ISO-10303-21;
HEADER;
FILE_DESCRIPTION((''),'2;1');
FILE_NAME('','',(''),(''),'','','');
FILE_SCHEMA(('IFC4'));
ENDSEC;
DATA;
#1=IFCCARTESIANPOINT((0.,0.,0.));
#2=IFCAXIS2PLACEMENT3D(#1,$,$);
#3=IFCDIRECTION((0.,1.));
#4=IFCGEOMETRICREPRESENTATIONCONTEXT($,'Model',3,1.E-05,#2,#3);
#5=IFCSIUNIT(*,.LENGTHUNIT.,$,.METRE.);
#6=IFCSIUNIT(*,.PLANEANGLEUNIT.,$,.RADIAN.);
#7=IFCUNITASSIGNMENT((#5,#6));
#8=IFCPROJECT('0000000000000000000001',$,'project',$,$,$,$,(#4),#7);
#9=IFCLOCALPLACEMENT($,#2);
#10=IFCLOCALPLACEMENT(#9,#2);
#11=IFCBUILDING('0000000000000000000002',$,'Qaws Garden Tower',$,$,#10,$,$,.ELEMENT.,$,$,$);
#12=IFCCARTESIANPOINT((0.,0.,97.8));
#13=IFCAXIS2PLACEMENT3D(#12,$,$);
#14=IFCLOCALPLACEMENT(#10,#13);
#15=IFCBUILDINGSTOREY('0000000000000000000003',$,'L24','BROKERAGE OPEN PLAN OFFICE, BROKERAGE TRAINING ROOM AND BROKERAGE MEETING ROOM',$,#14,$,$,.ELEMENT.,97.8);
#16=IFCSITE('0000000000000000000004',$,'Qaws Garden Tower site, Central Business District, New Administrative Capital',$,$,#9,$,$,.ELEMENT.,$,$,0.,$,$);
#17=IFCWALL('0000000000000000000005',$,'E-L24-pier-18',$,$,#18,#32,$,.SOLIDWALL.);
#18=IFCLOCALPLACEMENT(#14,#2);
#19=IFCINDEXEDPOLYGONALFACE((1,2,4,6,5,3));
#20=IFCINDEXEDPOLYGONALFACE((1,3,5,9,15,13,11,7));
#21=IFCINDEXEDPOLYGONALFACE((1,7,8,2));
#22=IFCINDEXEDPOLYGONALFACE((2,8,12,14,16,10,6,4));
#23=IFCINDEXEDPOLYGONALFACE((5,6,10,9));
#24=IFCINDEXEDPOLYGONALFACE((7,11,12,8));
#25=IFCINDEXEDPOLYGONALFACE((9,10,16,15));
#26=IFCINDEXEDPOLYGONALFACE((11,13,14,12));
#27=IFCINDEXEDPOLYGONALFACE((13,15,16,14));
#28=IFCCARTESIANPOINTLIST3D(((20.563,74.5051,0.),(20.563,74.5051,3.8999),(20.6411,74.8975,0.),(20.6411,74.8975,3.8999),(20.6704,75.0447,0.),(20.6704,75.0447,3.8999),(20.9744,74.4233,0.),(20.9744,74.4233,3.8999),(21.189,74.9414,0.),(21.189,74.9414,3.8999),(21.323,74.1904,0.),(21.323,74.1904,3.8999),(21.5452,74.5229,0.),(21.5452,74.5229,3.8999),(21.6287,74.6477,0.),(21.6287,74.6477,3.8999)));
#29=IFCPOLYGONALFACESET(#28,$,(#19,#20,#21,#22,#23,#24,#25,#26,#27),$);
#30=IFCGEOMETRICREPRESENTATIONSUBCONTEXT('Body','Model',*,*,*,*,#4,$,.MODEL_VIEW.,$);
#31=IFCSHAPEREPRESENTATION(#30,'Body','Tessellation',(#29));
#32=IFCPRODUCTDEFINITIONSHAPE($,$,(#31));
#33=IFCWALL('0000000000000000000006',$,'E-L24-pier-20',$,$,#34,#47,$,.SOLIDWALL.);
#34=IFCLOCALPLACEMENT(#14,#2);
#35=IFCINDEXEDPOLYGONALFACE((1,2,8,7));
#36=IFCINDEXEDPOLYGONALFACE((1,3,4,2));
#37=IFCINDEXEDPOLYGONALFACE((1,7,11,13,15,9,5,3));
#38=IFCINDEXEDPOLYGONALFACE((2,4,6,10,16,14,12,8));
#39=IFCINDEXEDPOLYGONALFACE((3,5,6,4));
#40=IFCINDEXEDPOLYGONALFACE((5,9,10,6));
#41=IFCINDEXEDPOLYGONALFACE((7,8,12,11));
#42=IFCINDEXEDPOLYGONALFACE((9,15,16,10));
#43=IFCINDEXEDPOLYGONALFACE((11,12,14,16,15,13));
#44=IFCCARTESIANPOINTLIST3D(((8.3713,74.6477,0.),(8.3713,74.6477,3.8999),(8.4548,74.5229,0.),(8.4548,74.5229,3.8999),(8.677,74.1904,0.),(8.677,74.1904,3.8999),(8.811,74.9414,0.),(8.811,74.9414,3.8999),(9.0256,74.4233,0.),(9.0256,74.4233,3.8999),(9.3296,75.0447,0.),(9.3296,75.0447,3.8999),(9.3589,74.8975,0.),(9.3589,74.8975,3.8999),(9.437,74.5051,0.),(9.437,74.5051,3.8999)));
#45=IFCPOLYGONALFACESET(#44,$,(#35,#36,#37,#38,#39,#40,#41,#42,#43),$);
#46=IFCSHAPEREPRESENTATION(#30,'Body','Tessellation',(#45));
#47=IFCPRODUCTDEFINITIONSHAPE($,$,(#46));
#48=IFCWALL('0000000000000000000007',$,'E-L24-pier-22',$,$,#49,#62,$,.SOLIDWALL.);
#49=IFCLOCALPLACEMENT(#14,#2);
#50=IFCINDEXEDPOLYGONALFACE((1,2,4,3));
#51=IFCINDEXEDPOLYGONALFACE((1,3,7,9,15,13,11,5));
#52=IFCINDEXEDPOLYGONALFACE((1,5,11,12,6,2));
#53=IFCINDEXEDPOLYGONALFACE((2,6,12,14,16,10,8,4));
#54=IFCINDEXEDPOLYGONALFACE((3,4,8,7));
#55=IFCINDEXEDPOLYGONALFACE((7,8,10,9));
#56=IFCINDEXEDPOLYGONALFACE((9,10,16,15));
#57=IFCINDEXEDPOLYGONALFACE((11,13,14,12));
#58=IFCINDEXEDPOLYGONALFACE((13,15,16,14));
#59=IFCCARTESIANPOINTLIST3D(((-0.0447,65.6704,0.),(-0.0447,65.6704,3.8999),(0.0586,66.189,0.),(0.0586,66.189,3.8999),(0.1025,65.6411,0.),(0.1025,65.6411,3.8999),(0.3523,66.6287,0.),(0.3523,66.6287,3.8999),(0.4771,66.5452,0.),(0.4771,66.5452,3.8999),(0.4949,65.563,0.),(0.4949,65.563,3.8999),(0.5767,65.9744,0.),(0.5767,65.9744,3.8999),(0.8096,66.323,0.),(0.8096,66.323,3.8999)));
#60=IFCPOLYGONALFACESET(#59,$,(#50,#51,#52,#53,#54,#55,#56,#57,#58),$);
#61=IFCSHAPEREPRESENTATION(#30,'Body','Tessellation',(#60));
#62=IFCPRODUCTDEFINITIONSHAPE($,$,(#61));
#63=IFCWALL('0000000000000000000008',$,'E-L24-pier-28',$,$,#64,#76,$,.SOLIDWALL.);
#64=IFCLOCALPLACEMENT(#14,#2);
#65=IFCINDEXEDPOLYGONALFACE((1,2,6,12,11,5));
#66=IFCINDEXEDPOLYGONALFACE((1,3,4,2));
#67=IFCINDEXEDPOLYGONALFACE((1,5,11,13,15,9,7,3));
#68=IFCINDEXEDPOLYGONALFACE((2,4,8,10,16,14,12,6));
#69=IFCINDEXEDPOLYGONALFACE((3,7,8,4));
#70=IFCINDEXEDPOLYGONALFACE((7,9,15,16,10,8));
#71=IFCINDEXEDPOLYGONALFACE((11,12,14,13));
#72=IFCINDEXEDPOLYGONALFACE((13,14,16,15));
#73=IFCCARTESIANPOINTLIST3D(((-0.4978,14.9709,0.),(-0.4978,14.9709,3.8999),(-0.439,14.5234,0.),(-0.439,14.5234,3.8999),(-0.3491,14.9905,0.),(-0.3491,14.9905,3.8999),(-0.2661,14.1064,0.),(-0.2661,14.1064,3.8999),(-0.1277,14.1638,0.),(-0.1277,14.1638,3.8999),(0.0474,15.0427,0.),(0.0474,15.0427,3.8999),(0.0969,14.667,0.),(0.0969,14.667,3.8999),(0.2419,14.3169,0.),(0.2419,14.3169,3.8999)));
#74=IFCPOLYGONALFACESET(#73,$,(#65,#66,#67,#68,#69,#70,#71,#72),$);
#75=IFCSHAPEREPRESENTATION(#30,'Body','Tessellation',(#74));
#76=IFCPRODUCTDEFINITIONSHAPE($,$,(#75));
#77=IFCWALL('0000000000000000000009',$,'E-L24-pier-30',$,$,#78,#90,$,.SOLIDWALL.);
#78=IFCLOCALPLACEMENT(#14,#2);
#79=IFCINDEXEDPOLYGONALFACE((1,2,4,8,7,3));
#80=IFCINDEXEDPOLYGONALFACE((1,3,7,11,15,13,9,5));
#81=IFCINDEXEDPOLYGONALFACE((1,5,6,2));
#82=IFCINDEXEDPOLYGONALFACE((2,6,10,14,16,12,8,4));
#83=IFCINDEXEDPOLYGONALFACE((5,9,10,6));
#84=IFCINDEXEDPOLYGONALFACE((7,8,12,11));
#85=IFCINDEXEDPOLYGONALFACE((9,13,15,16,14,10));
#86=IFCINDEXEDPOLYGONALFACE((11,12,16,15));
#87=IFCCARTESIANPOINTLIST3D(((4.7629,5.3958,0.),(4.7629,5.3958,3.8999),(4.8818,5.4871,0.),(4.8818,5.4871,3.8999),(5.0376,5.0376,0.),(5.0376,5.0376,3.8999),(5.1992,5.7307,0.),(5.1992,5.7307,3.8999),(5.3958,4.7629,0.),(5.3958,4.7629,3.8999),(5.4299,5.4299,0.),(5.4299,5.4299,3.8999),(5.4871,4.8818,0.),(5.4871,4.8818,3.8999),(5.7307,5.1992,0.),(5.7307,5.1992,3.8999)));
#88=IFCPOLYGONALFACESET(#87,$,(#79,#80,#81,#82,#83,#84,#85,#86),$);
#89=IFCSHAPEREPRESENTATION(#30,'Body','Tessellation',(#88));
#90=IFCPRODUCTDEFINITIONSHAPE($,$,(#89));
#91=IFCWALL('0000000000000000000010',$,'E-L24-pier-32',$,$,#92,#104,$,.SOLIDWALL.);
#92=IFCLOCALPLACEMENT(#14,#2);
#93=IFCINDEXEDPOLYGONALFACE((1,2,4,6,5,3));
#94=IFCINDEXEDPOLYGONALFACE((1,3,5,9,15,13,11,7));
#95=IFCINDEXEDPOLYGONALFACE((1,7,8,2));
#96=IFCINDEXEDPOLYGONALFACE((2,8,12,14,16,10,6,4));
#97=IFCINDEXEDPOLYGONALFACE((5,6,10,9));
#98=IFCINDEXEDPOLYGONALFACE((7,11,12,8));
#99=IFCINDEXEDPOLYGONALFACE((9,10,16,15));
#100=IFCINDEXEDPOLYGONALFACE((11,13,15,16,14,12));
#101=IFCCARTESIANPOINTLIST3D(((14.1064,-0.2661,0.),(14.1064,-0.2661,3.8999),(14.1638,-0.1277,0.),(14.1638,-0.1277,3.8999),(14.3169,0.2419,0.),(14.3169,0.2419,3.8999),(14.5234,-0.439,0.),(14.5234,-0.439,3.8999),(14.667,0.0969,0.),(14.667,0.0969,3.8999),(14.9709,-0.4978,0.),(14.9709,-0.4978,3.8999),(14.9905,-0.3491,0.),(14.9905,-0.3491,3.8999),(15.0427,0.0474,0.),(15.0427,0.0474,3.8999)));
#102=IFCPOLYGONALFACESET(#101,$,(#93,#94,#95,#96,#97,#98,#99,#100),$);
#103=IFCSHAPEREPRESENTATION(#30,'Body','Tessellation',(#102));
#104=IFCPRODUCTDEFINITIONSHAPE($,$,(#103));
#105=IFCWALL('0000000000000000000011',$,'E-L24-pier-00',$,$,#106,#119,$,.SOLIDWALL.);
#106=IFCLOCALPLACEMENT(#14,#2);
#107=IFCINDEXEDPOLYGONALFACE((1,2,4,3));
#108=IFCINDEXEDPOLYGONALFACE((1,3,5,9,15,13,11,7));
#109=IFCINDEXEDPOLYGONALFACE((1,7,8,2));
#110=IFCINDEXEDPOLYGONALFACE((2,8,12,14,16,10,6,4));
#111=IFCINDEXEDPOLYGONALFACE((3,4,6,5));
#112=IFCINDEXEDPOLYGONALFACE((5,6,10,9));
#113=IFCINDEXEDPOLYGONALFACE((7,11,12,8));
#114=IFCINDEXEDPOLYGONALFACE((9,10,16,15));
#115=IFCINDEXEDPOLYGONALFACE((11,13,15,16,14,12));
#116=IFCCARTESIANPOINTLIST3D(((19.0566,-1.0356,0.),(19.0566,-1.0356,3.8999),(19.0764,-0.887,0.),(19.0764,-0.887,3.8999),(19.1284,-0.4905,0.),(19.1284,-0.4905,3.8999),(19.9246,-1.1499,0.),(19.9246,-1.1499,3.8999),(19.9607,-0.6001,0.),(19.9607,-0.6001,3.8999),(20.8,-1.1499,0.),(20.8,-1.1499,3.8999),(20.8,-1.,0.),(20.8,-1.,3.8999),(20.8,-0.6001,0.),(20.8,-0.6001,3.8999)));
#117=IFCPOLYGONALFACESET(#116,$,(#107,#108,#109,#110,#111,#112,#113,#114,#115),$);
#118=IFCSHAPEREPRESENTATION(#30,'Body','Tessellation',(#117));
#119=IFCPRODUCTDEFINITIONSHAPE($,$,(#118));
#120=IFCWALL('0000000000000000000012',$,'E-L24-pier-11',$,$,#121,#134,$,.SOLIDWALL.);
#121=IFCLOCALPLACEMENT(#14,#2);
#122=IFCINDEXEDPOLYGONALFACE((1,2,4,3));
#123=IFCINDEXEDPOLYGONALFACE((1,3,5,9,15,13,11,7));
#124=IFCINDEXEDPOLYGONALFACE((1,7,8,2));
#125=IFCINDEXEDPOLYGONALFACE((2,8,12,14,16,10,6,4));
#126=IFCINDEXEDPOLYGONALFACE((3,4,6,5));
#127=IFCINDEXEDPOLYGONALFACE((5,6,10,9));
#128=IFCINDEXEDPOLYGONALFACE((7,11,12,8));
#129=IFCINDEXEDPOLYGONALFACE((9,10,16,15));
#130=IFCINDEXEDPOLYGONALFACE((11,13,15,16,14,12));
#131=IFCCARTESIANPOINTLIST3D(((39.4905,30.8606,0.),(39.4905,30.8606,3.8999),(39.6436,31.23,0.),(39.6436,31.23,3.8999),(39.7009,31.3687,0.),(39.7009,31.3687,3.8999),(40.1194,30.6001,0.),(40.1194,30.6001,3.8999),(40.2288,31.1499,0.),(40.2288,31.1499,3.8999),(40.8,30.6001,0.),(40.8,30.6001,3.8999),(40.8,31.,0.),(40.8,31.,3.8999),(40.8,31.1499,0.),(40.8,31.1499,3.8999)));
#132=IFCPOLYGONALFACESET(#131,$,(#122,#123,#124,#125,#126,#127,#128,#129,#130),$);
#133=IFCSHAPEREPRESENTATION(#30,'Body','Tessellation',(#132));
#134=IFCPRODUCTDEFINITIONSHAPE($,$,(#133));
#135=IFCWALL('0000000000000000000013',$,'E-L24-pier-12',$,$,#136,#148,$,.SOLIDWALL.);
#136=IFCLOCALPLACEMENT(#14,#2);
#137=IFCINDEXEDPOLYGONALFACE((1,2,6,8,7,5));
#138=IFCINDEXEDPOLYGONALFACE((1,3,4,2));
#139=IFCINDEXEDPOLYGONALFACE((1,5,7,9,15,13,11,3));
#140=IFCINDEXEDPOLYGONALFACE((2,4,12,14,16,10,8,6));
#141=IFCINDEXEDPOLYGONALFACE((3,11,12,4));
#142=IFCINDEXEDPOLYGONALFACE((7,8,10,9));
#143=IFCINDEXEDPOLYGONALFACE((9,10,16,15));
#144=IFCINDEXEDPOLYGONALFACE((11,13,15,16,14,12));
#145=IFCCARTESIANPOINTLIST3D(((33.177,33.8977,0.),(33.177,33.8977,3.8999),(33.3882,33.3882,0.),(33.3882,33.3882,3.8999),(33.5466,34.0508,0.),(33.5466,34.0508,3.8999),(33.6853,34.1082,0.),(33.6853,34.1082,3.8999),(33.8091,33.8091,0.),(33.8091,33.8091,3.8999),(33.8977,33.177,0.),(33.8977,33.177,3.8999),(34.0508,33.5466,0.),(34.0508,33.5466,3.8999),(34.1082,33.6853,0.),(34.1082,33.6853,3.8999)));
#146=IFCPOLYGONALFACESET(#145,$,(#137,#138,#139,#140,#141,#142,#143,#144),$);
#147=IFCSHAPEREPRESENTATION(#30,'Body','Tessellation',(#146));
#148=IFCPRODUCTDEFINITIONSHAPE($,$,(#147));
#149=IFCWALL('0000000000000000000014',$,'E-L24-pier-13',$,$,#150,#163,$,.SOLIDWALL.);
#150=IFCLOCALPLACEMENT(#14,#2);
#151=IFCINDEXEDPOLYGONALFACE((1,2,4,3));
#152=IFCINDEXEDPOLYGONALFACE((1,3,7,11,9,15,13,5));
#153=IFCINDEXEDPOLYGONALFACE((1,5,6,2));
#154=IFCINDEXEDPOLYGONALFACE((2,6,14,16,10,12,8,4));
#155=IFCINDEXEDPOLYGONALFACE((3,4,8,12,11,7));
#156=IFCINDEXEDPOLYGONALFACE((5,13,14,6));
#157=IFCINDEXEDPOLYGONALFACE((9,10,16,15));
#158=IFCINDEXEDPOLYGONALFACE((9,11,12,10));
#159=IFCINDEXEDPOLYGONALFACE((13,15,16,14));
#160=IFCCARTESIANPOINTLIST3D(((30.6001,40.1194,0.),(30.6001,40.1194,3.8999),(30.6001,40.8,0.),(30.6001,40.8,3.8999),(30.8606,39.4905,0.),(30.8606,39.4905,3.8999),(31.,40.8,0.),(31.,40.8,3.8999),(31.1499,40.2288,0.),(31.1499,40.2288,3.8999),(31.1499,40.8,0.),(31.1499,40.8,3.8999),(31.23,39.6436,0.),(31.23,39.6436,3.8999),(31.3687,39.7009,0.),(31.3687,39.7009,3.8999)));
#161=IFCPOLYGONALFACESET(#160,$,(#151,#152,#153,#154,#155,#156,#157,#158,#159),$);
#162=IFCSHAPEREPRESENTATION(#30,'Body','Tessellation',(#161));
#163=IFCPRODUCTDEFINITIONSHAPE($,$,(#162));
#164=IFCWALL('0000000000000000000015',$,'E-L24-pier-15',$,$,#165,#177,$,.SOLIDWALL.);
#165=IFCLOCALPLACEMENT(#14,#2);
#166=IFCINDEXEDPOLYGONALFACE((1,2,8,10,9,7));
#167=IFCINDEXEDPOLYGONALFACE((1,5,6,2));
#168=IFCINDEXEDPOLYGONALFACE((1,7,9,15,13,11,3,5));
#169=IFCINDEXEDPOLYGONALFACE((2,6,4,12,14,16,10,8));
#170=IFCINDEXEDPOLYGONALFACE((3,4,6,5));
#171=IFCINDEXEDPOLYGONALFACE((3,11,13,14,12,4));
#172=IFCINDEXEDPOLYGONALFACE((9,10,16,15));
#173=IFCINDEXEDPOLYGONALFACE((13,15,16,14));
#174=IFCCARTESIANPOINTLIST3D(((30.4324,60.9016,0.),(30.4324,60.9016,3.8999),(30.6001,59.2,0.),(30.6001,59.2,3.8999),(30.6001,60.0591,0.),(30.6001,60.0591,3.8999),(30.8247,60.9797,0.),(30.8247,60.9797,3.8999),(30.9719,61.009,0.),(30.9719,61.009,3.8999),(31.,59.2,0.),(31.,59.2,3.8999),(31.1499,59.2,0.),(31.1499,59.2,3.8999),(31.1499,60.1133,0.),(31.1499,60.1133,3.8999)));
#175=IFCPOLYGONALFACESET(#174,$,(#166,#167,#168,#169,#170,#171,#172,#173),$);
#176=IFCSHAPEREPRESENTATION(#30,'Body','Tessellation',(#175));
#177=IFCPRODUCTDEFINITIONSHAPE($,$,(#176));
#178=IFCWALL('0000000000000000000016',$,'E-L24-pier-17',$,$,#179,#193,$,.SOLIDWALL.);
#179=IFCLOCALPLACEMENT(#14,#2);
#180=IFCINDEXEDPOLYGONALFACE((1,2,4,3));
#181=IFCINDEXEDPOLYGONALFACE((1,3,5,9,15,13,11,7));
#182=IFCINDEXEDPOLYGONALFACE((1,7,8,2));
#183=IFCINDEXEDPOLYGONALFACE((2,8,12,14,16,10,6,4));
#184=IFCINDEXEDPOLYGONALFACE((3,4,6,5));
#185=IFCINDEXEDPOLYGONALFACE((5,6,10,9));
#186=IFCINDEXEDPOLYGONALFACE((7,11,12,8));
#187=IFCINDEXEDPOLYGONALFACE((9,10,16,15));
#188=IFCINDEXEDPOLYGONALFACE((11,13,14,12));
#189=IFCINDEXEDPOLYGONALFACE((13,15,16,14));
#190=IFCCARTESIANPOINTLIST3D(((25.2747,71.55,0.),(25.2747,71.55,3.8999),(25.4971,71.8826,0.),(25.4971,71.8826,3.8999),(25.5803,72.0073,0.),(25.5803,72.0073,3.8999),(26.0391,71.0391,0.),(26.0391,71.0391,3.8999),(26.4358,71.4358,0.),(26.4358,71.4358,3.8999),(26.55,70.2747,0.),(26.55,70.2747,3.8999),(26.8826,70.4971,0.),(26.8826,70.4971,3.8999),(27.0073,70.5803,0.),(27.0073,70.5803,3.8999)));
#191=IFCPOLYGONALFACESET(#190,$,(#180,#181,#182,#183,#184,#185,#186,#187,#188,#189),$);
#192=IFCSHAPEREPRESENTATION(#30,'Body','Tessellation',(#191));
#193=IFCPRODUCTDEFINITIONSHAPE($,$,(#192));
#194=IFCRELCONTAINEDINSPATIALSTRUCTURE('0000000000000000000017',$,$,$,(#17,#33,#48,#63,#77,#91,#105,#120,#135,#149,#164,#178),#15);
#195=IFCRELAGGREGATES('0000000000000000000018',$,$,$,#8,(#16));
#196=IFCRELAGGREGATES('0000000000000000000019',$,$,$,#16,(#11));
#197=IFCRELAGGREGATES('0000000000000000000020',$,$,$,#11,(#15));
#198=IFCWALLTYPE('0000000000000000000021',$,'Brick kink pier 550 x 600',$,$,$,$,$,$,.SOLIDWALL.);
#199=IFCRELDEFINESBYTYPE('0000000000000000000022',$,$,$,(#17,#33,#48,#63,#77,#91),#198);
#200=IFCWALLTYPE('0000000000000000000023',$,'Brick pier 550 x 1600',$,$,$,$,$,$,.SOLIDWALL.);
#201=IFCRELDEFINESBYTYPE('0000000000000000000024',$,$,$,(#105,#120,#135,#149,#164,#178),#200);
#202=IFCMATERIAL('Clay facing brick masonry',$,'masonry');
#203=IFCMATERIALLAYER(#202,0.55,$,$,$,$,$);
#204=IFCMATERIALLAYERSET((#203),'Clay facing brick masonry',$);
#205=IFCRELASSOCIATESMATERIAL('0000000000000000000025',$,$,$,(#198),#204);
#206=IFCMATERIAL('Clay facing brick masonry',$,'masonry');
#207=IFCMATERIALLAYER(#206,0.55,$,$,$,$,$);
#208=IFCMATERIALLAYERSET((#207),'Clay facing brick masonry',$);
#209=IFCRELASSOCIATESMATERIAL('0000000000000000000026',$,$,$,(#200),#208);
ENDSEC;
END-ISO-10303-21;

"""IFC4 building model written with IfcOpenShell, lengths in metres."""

from ifc_helpers import new_model, si_unit, direction, frame, origin, place, context, subcontext, project, spatial, polyline, outline, extrude, material, layer, layer_set, type_object, element, save


model = new_model("IFC4")

# Units and contexts
model_context = context("Model", 3, precision=1e-05, world=origin(), true_north=direction((0.0, 1.0)))
body_context = subcontext(model_context, "Body", "Model", "MODEL_VIEW")
ifc_project = project(units=[si_unit("LENGTHUNIT", "METRE"), si_unit("PLANEANGLEUNIT", "RADIAN")], contexts=[model_context])

# Site, building, storey
site_placement = place(None, origin())
site = spatial("IfcSite", under=ifc_project, at=site_placement, Name="Qaws Garden Tower site, Central Business District, New Administrative Capital", CompositionType="ELEMENT", RefElevation=0.0)
building_placement = place(site_placement, origin())
building = spatial("IfcBuilding", under=site, at=building_placement, Name="Qaws Garden Tower", CompositionType="ELEMENT")
storey_placement = place(building_placement, frame((0.0, 0.0, 97.8)))
storey = spatial("IfcBuildingStorey", under=building, at=storey_placement, Name="L24", Description="BROKERAGE OPEN PLAN OFFICE, BROKERAGE TRAINING ROOM AND BROKERAGE MEETING ROOM", CompositionType="ELEMENT", Elevation=97.8)

# Walls
placement = place(storey_placement, origin())
ifc_material_1 = material(Name="Clay facing brick masonry", Category="masonry")
ifc_layer_1 = layer(ifc_material_1, 0.55)
ifc_layer_set_1 = layer_set([ifc_layer_1], Name="Clay facing brick masonry")
wall_type_1 = type_object("IfcWallType", Name="Brick kink pier 550 x 600", PredefinedType="SOLIDWALL", material=ifc_layer_set_1)
element("IfcWall", 1, at=placement, inside=storey, type_object=wall_type_1, Name="E-L24-pier-18", PredefinedType="SOLIDWALL", context=body_context, shape_type="SweptSolid", body=[
    extrude(outline(polyline([(21.5452, 74.5229), (21.6287, 74.6477), (21.189, 74.9414), (20.6704, 75.0447), (20.6411, 74.8975), (20.563, 74.5051), (20.9744, 74.4233), (21.323, 74.1904), (21.5452, 74.5229)])), origin(), (0.0, 0.0, 1.0), 3.8999),
])
element("IfcWall", 2, at=placement, inside=storey, type_object=wall_type_1, Name="E-L24-pier-20", PredefinedType="SOLIDWALL", context=body_context, shape_type="SweptSolid", body=[
    extrude(outline(polyline([(9.3589, 74.8975), (9.3296, 75.0447), (8.811, 74.9414), (8.3713, 74.6477), (8.4548, 74.5229), (8.677, 74.1904), (9.0256, 74.4233), (9.437, 74.5051), (9.3589, 74.8975)])), origin(), (0.0, 0.0, 1.0), 3.8999),
])
element("IfcWall", 3, at=placement, inside=storey, type_object=wall_type_1, Name="E-L24-pier-22", PredefinedType="SOLIDWALL", context=body_context, shape_type="SweptSolid", body=[
    extrude(outline(polyline([(0.4771, 66.5452), (0.3523, 66.6287), (0.0586, 66.189), (-0.0447, 65.6704), (0.1025, 65.6411), (0.4949, 65.563), (0.5767, 65.9744), (0.8096, 66.323), (0.4771, 66.5452)])), origin(), (0.0, 0.0, 1.0), 3.8999),
])
element("IfcWall", 4, at=placement, inside=storey, type_object=wall_type_1, Name="E-L24-pier-28", PredefinedType="SOLIDWALL", context=body_context, shape_type="SweptSolid", body=[
    extrude(outline(polyline([(-0.3491, 14.9905), (-0.4978, 14.9709), (-0.439, 14.5234), (-0.2661, 14.1064), (-0.1277, 14.1638), (0.2419, 14.3169), (0.0969, 14.667), (0.0474, 15.0427), (-0.3491, 14.9905)])), origin(), (0.0, 0.0, 1.0), 3.8999),
])
element("IfcWall", 5, at=placement, inside=storey, type_object=wall_type_1, Name="E-L24-pier-30", PredefinedType="SOLIDWALL", context=body_context, shape_type="SweptSolid", body=[
    extrude(outline(polyline([(4.8818, 5.4871), (4.7629, 5.3958), (5.0376, 5.0376), (5.3958, 4.7629), (5.4871, 4.8818), (5.7307, 5.1992), (5.4299, 5.4299), (5.1992, 5.7307), (4.8818, 5.4871)])), origin(), (0.0, 0.0, 1.0), 3.8999),
])
element("IfcWall", 6, at=placement, inside=storey, type_object=wall_type_1, Name="E-L24-pier-32", PredefinedType="SOLIDWALL", context=body_context, shape_type="SweptSolid", body=[
    extrude(outline(polyline([(14.1638, -0.1277), (14.1064, -0.2661), (14.5234, -0.439), (14.9709, -0.4978), (14.9905, -0.3491), (15.0427, 0.0474), (14.667, 0.0969), (14.3169, 0.2419), (14.1638, -0.1277)])), origin(), (0.0, 0.0, 1.0), 3.8999),
])
ifc_material_2 = material(Name="Clay facing brick masonry", Category="masonry")
ifc_layer_2 = layer(ifc_material_2, 0.55)
ifc_layer_set_2 = layer_set([ifc_layer_2], Name="Clay facing brick masonry")
wall_type_2 = type_object("IfcWallType", Name="Brick pier 550 x 1600", PredefinedType="SOLIDWALL", material=ifc_layer_set_2)
element("IfcWall", 7, at=placement, inside=storey, type_object=wall_type_2, Name="E-L24-pier-00", PredefinedType="SOLIDWALL", context=body_context, shape_type="SweptSolid", body=[
    extrude(outline(polyline([(19.0764, -0.887), (19.0566, -1.0356), (19.9246, -1.1499), (20.8, -1.1499), (20.8, -1.0), (20.8, -0.6001), (19.9607, -0.6001), (19.1284, -0.4905), (19.0764, -0.887)])), origin(), (0.0, 0.0, 1.0), 3.8999),
])
element("IfcWall", 8, at=placement, inside=storey, type_object=wall_type_2, Name="E-L24-pier-11", PredefinedType="SOLIDWALL", context=body_context, shape_type="SweptSolid", body=[
    extrude(outline(polyline([(40.8, 31.0), (40.8, 31.1499), (40.2288, 31.1499), (39.7009, 31.3687), (39.6436, 31.23), (39.4905, 30.8606), (40.1194, 30.6001), (40.8, 30.6001), (40.8, 31.0)])), origin(), (0.0, 0.0, 1.0), 3.8999),
])
element("IfcWall", 9, at=placement, inside=storey, type_object=wall_type_2, Name="E-L24-pier-12", PredefinedType="SOLIDWALL", context=body_context, shape_type="SweptSolid", body=[
    extrude(outline(polyline([(34.0508, 33.5466), (34.1082, 33.6853), (33.8091, 33.8091), (33.6853, 34.1082), (33.5466, 34.0508), (33.177, 33.8977), (33.3882, 33.3882), (33.8977, 33.177), (34.0508, 33.5466)])), origin(), (0.0, 0.0, 1.0), 3.8999),
])
element("IfcWall", 10, at=placement, inside=storey, type_object=wall_type_2, Name="E-L24-pier-13", PredefinedType="SOLIDWALL", context=body_context, shape_type="SweptSolid", body=[
    extrude(outline(polyline([(31.23, 39.6436), (31.3687, 39.7009), (31.1499, 40.2288), (31.1499, 40.8), (31.0, 40.8), (30.6001, 40.8), (30.6001, 40.1194), (30.8606, 39.4905), (31.23, 39.6436)])), origin(), (0.0, 0.0, 1.0), 3.8999),
])
element("IfcWall", 11, at=placement, inside=storey, type_object=wall_type_2, Name="E-L24-pier-15", PredefinedType="SOLIDWALL", context=body_context, shape_type="SweptSolid", body=[
    extrude(outline(polyline([(31.0, 59.2), (31.1499, 59.2), (31.1499, 60.1133), (30.9719, 61.009), (30.8247, 60.9797), (30.4324, 60.9016), (30.6001, 60.0591), (30.6001, 59.2), (31.0, 59.2)])), origin(), (0.0, 0.0, 1.0), 3.8999),
])
element("IfcWall", 12, at=placement, inside=storey, type_object=wall_type_2, Name="E-L24-pier-17", PredefinedType="SOLIDWALL", context=body_context, shape_type="SweptSolid", body=[
    extrude(outline(polyline([(26.8826, 70.4971), (27.0073, 70.5803), (26.4358, 71.4358), (25.5803, 72.0073), (25.4971, 71.8826), (25.2747, 71.55), (26.0391, 71.0391), (26.55, 70.2747), (26.8826, 70.4971)])), origin(), (0.0, 0.0, 1.0), 3.8999),
])

save(model, "model.ifc")
